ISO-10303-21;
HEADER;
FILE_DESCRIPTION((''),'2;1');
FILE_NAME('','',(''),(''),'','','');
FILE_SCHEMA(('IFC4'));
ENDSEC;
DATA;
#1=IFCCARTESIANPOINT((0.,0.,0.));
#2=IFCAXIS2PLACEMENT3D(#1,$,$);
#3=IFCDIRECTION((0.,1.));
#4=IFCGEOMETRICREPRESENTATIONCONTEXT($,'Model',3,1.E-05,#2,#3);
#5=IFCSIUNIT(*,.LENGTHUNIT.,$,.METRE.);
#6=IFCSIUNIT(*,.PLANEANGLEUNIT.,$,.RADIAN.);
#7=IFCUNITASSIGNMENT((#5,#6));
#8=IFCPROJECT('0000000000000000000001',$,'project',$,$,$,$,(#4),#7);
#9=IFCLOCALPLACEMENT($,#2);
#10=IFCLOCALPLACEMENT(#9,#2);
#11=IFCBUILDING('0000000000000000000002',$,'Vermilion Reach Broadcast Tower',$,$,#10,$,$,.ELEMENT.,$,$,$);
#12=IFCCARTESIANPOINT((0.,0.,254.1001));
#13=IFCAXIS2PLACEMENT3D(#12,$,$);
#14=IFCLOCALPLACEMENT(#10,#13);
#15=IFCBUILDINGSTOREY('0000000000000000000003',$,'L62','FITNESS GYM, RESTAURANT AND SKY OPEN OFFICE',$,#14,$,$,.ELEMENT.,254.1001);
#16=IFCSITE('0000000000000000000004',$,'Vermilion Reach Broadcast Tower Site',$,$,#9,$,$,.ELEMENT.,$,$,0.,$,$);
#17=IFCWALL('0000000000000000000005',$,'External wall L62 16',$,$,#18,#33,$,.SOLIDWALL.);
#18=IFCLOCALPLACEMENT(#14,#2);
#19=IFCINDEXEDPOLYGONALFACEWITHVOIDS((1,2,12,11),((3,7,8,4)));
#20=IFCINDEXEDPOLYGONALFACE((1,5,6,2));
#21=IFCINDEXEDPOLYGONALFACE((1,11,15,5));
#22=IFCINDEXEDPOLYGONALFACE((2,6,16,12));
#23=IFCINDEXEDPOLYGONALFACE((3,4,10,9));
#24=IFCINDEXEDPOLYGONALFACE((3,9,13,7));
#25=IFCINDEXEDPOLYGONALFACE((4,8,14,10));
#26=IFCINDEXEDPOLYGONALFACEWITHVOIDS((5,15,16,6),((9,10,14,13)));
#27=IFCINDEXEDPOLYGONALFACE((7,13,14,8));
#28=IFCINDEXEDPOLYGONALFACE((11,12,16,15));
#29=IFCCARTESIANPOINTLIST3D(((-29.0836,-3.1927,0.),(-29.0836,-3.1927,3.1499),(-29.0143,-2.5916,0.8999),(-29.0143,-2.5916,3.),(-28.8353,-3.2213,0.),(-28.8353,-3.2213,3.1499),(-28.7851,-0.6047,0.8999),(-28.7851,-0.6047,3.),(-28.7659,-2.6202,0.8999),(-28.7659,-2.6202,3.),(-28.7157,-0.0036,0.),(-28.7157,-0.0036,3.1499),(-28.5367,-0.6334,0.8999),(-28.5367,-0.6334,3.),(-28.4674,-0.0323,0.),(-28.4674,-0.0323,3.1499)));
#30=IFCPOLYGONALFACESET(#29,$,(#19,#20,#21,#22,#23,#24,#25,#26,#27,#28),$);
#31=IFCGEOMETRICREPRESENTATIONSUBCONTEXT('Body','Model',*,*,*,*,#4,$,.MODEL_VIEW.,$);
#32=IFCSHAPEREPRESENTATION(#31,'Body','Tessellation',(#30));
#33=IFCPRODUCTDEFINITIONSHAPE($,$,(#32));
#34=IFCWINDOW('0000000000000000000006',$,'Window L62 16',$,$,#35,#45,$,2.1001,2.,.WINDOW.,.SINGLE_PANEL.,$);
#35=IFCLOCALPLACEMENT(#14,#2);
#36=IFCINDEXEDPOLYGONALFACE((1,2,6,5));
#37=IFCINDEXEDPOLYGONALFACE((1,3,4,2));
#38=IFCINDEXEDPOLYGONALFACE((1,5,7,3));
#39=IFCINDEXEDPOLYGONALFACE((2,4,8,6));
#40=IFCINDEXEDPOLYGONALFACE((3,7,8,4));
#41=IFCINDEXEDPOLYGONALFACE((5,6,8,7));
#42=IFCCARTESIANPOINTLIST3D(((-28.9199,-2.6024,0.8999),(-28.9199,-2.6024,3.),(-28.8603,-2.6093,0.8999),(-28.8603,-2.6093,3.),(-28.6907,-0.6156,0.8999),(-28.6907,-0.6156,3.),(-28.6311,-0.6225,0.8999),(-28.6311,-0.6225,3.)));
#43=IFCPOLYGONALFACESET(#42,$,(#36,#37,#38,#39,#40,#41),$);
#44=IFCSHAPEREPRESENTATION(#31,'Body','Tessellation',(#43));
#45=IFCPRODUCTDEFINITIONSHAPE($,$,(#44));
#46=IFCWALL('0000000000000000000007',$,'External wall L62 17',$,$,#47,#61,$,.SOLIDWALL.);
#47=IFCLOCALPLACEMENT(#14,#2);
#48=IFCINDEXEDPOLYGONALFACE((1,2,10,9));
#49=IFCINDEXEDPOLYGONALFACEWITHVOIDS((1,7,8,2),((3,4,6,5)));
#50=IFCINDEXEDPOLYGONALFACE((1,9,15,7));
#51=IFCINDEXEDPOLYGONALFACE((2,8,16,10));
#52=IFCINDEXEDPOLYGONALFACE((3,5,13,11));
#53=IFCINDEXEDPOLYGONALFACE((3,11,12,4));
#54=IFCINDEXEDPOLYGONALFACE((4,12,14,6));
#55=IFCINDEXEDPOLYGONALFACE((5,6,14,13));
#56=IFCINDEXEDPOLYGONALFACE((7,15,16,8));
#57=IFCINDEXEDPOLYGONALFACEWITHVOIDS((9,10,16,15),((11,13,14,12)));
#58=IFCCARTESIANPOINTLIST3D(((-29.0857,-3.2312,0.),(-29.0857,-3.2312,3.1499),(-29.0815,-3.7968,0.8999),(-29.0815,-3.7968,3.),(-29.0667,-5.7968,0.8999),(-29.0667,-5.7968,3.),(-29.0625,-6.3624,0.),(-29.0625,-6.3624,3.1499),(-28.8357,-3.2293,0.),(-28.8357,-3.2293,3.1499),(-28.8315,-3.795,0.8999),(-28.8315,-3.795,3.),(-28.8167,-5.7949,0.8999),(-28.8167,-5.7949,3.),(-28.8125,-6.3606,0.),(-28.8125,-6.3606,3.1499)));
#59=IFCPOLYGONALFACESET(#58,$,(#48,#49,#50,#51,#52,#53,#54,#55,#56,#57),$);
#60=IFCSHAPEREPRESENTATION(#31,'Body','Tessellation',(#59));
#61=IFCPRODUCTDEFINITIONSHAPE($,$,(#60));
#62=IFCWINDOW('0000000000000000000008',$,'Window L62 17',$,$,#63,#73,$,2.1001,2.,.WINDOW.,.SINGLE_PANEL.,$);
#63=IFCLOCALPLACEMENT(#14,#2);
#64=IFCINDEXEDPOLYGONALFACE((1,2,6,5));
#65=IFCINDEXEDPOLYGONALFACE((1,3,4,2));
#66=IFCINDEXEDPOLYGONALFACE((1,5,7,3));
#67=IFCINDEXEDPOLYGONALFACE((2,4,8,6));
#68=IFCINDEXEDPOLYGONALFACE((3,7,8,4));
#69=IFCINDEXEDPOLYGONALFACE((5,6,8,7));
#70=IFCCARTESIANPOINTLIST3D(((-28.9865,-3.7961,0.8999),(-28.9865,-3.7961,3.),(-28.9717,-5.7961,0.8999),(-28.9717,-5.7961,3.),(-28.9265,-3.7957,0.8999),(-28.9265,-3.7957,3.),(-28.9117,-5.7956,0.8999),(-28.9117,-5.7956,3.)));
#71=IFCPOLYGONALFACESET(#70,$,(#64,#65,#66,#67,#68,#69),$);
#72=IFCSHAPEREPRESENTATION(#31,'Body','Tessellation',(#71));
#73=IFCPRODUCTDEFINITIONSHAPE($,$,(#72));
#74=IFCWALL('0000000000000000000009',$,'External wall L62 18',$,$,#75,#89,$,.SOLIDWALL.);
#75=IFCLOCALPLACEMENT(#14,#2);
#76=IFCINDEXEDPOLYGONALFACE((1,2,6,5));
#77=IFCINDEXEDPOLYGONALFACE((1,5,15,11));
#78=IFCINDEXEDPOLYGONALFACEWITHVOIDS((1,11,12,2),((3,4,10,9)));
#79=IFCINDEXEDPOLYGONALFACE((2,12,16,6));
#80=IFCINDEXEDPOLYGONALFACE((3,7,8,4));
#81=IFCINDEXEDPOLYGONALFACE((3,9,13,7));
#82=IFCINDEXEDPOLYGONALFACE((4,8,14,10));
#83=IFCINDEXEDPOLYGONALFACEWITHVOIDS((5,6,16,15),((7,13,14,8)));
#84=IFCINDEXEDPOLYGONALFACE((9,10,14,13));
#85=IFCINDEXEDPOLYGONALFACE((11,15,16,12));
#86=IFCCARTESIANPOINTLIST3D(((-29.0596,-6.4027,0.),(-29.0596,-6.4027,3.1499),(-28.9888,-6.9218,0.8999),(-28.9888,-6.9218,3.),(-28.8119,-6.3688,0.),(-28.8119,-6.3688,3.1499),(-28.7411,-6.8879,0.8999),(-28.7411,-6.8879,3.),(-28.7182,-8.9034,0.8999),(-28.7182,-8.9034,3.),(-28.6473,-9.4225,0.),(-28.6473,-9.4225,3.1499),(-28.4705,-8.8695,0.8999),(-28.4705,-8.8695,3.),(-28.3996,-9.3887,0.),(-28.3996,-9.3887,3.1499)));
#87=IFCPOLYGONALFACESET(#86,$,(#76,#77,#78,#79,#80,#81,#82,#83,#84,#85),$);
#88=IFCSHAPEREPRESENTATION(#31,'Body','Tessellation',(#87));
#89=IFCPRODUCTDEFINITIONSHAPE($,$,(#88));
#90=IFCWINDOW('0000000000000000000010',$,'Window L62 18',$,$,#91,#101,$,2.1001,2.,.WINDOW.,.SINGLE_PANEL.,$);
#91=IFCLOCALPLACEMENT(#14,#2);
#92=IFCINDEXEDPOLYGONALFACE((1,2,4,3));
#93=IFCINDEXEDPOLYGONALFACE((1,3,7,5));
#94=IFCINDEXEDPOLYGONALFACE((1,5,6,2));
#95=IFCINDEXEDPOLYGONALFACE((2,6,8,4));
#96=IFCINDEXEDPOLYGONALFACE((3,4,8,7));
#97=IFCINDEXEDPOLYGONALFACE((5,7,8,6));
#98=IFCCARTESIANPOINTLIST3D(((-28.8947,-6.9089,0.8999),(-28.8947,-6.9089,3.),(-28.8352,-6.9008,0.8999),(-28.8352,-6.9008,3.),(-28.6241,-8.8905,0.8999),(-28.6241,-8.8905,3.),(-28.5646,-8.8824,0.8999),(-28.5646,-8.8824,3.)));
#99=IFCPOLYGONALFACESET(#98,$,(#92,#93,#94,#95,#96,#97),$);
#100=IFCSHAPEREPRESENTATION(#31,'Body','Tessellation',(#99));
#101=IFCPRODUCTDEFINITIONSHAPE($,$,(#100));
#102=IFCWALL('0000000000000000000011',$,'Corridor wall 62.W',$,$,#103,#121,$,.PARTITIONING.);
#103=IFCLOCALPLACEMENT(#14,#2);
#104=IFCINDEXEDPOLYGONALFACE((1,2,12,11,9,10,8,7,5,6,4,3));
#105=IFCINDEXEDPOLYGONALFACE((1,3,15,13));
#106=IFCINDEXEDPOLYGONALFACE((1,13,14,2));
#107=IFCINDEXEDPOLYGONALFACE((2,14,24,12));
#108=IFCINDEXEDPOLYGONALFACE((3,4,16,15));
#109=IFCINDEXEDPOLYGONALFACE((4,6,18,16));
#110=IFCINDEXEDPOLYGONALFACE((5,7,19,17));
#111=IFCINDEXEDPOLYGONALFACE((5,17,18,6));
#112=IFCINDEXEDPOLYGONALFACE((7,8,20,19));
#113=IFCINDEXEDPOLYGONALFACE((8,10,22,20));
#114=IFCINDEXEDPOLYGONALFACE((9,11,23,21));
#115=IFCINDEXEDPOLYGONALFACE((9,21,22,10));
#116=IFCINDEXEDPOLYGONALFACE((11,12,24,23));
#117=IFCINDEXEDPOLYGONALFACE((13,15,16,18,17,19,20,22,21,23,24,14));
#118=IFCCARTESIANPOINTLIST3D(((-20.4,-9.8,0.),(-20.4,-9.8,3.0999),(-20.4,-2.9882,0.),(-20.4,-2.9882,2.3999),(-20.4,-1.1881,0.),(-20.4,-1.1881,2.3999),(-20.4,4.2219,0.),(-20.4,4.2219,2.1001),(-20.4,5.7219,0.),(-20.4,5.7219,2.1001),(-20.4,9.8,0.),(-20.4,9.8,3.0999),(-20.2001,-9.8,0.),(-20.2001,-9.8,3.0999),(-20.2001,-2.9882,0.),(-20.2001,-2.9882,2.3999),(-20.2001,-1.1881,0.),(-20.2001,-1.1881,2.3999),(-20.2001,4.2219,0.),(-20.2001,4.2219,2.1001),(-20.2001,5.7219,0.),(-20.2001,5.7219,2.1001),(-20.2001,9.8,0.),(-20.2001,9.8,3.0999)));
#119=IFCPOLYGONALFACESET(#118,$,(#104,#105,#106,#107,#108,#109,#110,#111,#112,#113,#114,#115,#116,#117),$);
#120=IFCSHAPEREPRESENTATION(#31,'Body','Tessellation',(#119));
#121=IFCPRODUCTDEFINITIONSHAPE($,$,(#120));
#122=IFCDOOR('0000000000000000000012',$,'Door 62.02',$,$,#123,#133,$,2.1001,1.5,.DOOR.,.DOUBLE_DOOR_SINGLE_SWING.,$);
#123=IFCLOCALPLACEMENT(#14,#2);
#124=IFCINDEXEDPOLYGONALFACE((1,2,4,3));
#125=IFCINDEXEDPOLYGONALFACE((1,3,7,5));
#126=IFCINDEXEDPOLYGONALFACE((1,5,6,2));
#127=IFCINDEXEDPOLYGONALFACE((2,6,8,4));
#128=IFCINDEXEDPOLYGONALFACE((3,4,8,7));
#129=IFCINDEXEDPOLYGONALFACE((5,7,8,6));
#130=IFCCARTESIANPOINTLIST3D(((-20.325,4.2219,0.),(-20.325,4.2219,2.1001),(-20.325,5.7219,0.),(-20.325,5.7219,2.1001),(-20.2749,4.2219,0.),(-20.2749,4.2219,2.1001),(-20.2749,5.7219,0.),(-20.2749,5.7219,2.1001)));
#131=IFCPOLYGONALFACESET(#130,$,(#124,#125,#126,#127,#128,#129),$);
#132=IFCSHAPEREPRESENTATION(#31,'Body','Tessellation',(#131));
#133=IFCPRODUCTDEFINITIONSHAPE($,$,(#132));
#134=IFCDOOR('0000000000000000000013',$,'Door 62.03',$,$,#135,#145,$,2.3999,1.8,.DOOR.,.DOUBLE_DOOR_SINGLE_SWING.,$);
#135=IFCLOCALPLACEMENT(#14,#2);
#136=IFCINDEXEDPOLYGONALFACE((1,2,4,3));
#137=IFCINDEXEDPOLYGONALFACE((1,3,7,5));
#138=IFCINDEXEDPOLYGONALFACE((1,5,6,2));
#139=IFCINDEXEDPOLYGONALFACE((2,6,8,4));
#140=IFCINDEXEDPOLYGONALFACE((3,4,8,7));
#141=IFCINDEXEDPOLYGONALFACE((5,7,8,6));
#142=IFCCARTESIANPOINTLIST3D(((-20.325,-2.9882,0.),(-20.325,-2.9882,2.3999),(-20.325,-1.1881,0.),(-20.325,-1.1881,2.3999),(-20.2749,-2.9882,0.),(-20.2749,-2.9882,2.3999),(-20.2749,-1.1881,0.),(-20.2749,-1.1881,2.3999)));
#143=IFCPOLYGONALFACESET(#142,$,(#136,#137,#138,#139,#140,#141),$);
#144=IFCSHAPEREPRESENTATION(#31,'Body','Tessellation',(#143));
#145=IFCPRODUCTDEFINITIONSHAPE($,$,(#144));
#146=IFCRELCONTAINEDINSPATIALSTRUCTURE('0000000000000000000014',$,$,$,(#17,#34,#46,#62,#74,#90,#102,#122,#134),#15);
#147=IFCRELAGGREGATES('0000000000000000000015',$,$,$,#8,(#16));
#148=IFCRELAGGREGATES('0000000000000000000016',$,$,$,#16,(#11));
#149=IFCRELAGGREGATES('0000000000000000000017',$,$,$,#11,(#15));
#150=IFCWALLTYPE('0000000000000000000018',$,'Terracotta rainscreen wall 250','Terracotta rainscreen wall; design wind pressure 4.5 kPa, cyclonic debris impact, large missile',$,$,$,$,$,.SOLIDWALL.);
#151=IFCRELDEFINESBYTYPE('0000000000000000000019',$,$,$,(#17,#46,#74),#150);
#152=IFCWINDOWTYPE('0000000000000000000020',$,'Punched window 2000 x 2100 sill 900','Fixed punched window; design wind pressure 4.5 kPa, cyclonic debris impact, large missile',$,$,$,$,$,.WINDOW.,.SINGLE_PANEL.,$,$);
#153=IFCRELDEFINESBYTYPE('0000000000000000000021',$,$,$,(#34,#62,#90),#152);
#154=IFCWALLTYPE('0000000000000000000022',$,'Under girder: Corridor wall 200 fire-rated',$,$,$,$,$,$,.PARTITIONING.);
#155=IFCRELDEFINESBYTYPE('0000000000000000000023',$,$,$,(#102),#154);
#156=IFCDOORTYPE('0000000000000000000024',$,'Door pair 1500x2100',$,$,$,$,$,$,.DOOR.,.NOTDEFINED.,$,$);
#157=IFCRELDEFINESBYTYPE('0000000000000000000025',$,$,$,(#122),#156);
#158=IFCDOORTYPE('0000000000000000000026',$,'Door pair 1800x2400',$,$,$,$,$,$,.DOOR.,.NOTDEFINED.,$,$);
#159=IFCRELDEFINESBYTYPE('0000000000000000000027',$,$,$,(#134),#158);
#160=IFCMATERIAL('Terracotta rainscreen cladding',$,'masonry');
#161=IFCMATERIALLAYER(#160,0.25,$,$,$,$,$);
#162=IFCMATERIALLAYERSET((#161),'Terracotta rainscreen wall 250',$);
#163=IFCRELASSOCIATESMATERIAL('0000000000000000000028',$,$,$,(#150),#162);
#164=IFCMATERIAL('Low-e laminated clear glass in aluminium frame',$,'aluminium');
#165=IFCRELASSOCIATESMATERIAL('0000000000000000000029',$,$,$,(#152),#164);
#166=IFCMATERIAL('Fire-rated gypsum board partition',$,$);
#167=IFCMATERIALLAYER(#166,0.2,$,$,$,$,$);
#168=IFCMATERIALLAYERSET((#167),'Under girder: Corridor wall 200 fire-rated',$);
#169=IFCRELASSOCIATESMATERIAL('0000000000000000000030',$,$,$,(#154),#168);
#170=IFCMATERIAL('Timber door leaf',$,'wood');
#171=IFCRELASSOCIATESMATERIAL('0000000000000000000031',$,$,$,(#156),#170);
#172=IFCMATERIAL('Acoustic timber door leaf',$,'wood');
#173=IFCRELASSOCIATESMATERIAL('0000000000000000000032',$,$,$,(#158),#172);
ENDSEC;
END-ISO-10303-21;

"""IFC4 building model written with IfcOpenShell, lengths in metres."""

from ifc_helpers import new_model, si_unit, direction, frame, frame_2d, origin, place, context, subcontext, project, spatial, rectangle, extrude, material, layer, layer_set, type_object, element, fill, save


model = new_model("IFC4")

# Units and contexts
model_context = context("Model", 3, precision=1e-05, world=origin(), true_north=direction((0.0, 1.0)))
body_context = subcontext(model_context, "Body", "Model", "MODEL_VIEW")
ifc_project = project(units=[si_unit("LENGTHUNIT", "METRE"), si_unit("PLANEANGLEUNIT", "RADIAN")], contexts=[model_context])

# Site, building, storey
site_placement = place(None, origin())
site = spatial("IfcSite", under=ifc_project, at=site_placement, Name="Vermilion Reach Broadcast Tower Site", CompositionType="ELEMENT", RefElevation=0.0)
building_placement = place(site_placement, origin())
building = spatial("IfcBuilding", under=site, at=building_placement, Name="Vermilion Reach Broadcast Tower", CompositionType="ELEMENT")
storey_placement = place(building_placement, frame((0.0, 0.0, 254.1001)))
storey = spatial("IfcBuildingStorey", under=building, at=storey_placement, Name="L62", Description="FITNESS GYM, RESTAURANT AND SKY OPEN OFFICE", CompositionType="ELEMENT", Elevation=254.1001)

# Walls, openings, windows
ifc_material_1 = material(Name="Terracotta rainscreen cladding", Category="masonry")
ifc_layer_1 = layer(ifc_material_1, 0.25)
ifc_layer_set_1 = layer_set([ifc_layer_1], Name="Terracotta rainscreen wall 250")
wall_type_1 = type_object("IfcWallType", Name="Terracotta rainscreen wall 250", Description="Terracotta rainscreen wall; design wind pressure 4.5 kPa, cyclonic debris impact, large missile", PredefinedType="SOLIDWALL", material=ifc_layer_set_1)
wall_1_placement = place(storey_placement, frame((-28.5916, -0.0181, 0.0), z_axis=(0.0, 0.0, 1.0), x_axis=(-0.114613, -0.99341, 0.0)))
wall_1 = element("IfcWall", 1, at=wall_1_placement, inside=storey, type_object=wall_type_1, Name="External wall L62 16", PredefinedType="SOLIDWALL", context=body_context, shape_type="SweptSolid", body=[
    extrude(rectangle(XDim=3.2102, YDim=0.25, at=frame_2d((1.605, 0.0))), origin(), (0.0, 0.0, 1.0), 3.1499),
])
opening_1_placement = place(wall_1_placement, frame((0.605, 0.0, 0.8999)))
opening_1 = element("IfcOpeningElement", 2, at=opening_1_placement, cuts=wall_1, PredefinedType="OPENING", context=body_context, shape_type="SweptSolid", body=[
    extrude(rectangle(XDim=2.0, YDim=2.1001, at=frame_2d((1.0, 1.05))), frame((0.0, 0.135, 0.0), z_axis=(0.0, -1.0, 0.0), x_axis=(1.0, 0.0, 0.0)), (0.0, 0.0, 1.0), 0.27),
])
ifc_material_2 = material(Name="Low-e laminated clear glass in aluminium frame", Category="aluminium")
window_type = type_object("IfcWindowType", Name="Punched window 2000 x 2100 sill 900", Description="Fixed punched window; design wind pressure 4.5 kPa, cyclonic debris impact, large missile", PartitioningType="SINGLE_PANEL", PredefinedType="WINDOW", material=ifc_material_2)
window_1_placement = place(opening_1_placement, origin())
window_1 = element("IfcWindow", 3, at=window_1_placement, inside=storey, type_object=window_type, Name="Window L62 16", OverallHeight=2.1001, OverallWidth=2.0, PartitioningType="SINGLE_PANEL", PredefinedType="WINDOW", context=body_context, shape_type="SweptSolid", body=[
    extrude(rectangle(XDim=2.0, YDim=2.1001, at=frame_2d((1.0, 1.05))), frame((0.0, 0.03, 0.0), z_axis=(0.0, -1.0, 0.0), x_axis=(1.0, 0.0, 0.0)), (0.0, 0.0, 1.0), 0.0601),
])
fill(opening_1, window_1)
wall_2_placement = place(storey_placement, frame((-28.9607, -3.2302, 0.0), z_axis=(0.0, 0.0, 1.0), x_axis=(0.007407, -0.999973, 0.0)))
wall_2 = element("IfcWall", 4, at=wall_2_placement, inside=storey, type_object=wall_type_1, Name="External wall L62 17", PredefinedType="SOLIDWALL", context=body_context, shape_type="SweptSolid", body=[
    extrude(rectangle(XDim=3.1313, YDim=0.25, at=frame_2d((1.5657, 0.0))), origin(), (0.0, 0.0, 1.0), 3.1499),
])
opening_2_placement = place(wall_2_placement, frame((0.5657, 0.0, 0.8999)))
opening_2 = element("IfcOpeningElement", 5, at=opening_2_placement, cuts=wall_2, PredefinedType="OPENING", context=body_context, shape_type="SweptSolid", body=[
    extrude(rectangle(XDim=2.0, YDim=2.1001, at=frame_2d((1.0, 1.05))), frame((0.0, 0.135, 0.0), z_axis=(0.0, -1.0, 0.0), x_axis=(1.0, 0.0, 0.0)), (0.0, 0.0, 1.0), 0.27),
])
window_2_placement = place(opening_2_placement, origin())
window_2 = element("IfcWindow", 6, at=window_2_placement, inside=storey, type_object=window_type, Name="Window L62 17", OverallHeight=2.1001, OverallWidth=2.0, PartitioningType="SINGLE_PANEL", PredefinedType="WINDOW", context=body_context, shape_type="SweptSolid", body=[
    extrude(rectangle(XDim=2.0, YDim=2.1001, at=frame_2d((1.0, 1.05))), frame((0.0, 0.03, 0.0), z_axis=(0.0, -1.0, 0.0), x_axis=(1.0, 0.0, 0.0)), (0.0, 0.0, 1.0), 0.0601),
])
fill(opening_2, window_2)
wall_3_placement = place(storey_placement, frame((-28.9358, -6.3857, 0.0), z_axis=(0.0, 0.0, 1.0), x_axis=(0.135296, -0.990805, 0.0)))
wall_3 = element("IfcWall", 7, at=wall_3_placement, inside=storey, type_object=wall_type_1, Name="External wall L62 18", PredefinedType="SOLIDWALL", context=body_context, shape_type="SweptSolid", body=[
    extrude(rectangle(XDim=3.0479, YDim=0.25, at=frame_2d((1.5239, 0.0))), origin(), (0.0, 0.0, 1.0), 3.1499),
])
opening_3_placement = place(wall_3_placement, frame((0.5239, 0.0, 0.8999)))
opening_3 = element("IfcOpeningElement", 8, at=opening_3_placement, cuts=wall_3, PredefinedType="OPENING", context=body_context, shape_type="SweptSolid", body=[
    extrude(rectangle(XDim=2.0, YDim=2.1001, at=frame_2d((1.0, 1.05))), frame((0.0, 0.135, 0.0), z_axis=(0.0, -1.0, 0.0), x_axis=(1.0, 0.0, 0.0)), (0.0, 0.0, 1.0), 0.27),
])
window_3_placement = place(opening_3_placement, origin())
window_3 = element("IfcWindow", 9, at=window_3_placement, inside=storey, type_object=window_type, Name="Window L62 18", OverallHeight=2.1001, OverallWidth=2.0, PartitioningType="SINGLE_PANEL", PredefinedType="WINDOW", context=body_context, shape_type="SweptSolid", body=[
    extrude(rectangle(XDim=2.0, YDim=2.1001, at=frame_2d((1.0, 1.05))), frame((0.0, 0.03, 0.0), z_axis=(0.0, -1.0, 0.0), x_axis=(1.0, 0.0, 0.0)), (0.0, 0.0, 1.0), 0.0601),
])
fill(opening_3, window_3)

# Wall, openings, doors
ifc_material_3 = material(Name="Fire-rated gypsum board partition")
ifc_layer_2 = layer(ifc_material_3, 0.2)
ifc_layer_set_2 = layer_set([ifc_layer_2], Name="Under girder: Corridor wall 200 fire-rated")
wall_type_2 = type_object("IfcWallType", Name="Under girder: Corridor wall 200 fire-rated", PredefinedType="PARTITIONING", material=ifc_layer_set_2)
wall_4_placement = place(storey_placement, frame((-20.3, -9.8, 0.0), z_axis=(0.0, 0.0, 1.0), x_axis=(0.0, 1.0, 0.0)))
wall_4 = element("IfcWall", 10, at=wall_4_placement, inside=storey, type_object=wall_type_2, Name="Corridor wall 62.W", PredefinedType="PARTITIONING", context=body_context, shape_type="SweptSolid", body=[
    extrude(rectangle(XDim=19.6001, YDim=0.2, at=frame_2d((9.8, 0.0))), origin(), (0.0, 0.0, 1.0), 3.0999),
])
opening_4_placement = place(wall_4_placement, frame((14.022, 0.0, 0.0)))
opening_4 = element("IfcOpeningElement", 11, at=opening_4_placement, cuts=wall_4, PredefinedType="OPENING", context=body_context, shape_type="SweptSolid", body=[
    extrude(rectangle(XDim=1.5, YDim=2.1001, at=frame_2d((0.75, 1.05))), frame((0.0, 0.1099, 0.0), z_axis=(0.0, -1.0, 0.0), x_axis=(1.0, 0.0, 0.0)), (0.0, 0.0, 1.0), 0.22),
])
opening_5_placement = place(wall_4_placement, frame((6.812, 0.0, 0.0)))
opening_5 = element("IfcOpeningElement", 12, at=opening_5_placement, cuts=wall_4, PredefinedType="OPENING", context=body_context, shape_type="SweptSolid", body=[
    extrude(rectangle(XDim=1.8, YDim=2.3999, at=frame_2d((0.8999, 1.2))), frame((0.0, 0.1099, 0.0), z_axis=(0.0, -1.0, 0.0), x_axis=(1.0, 0.0, 0.0)), (0.0, 0.0, 1.0), 0.22),
])
ifc_material_4 = material(Name="Timber door leaf", Category="wood")
door_type_1 = type_object("IfcDoorType", Name="Door pair 1500x2100", OperationType="NOTDEFINED", PredefinedType="DOOR", material=ifc_material_4)
door_1_placement = place(opening_4_placement, origin())
door_1 = element("IfcDoor", 13, at=door_1_placement, inside=storey, type_object=door_type_1, Name="Door 62.02", OperationType="DOUBLE_DOOR_SINGLE_SWING", OverallHeight=2.1001, OverallWidth=1.5, PredefinedType="DOOR", context=body_context, shape_type="SweptSolid", body=[
    extrude(rectangle(XDim=1.5, YDim=2.1001, at=frame_2d((0.75, 1.05))), frame((0.0, 0.0249, 0.0), z_axis=(0.0, -1.0, 0.0), x_axis=(1.0, 0.0, 0.0)), (0.0, 0.0, 1.0), 0.05),
])
fill(opening_4, door_1)
ifc_material_5 = material(Name="Acoustic timber door leaf", Category="wood")
door_type_2 = type_object("IfcDoorType", Name="Door pair 1800x2400", OperationType="NOTDEFINED", PredefinedType="DOOR", material=ifc_material_5)
door_2_placement = place(opening_5_placement, origin())
door_2 = element("IfcDoor", 14, at=door_2_placement, inside=storey, type_object=door_type_2, Name="Door 62.03", OperationType="DOUBLE_DOOR_SINGLE_SWING", OverallHeight=2.3999, OverallWidth=1.8, PredefinedType="DOOR", context=body_context, shape_type="SweptSolid", body=[
    extrude(rectangle(XDim=1.8, YDim=2.3999, at=frame_2d((0.8999, 1.2))), frame((0.0, 0.0249, 0.0), z_axis=(0.0, -1.0, 0.0), x_axis=(1.0, 0.0, 0.0)), (0.0, 0.0, 1.0), 0.05),
])
fill(opening_5, door_2)

save(model, "model.ifc")
